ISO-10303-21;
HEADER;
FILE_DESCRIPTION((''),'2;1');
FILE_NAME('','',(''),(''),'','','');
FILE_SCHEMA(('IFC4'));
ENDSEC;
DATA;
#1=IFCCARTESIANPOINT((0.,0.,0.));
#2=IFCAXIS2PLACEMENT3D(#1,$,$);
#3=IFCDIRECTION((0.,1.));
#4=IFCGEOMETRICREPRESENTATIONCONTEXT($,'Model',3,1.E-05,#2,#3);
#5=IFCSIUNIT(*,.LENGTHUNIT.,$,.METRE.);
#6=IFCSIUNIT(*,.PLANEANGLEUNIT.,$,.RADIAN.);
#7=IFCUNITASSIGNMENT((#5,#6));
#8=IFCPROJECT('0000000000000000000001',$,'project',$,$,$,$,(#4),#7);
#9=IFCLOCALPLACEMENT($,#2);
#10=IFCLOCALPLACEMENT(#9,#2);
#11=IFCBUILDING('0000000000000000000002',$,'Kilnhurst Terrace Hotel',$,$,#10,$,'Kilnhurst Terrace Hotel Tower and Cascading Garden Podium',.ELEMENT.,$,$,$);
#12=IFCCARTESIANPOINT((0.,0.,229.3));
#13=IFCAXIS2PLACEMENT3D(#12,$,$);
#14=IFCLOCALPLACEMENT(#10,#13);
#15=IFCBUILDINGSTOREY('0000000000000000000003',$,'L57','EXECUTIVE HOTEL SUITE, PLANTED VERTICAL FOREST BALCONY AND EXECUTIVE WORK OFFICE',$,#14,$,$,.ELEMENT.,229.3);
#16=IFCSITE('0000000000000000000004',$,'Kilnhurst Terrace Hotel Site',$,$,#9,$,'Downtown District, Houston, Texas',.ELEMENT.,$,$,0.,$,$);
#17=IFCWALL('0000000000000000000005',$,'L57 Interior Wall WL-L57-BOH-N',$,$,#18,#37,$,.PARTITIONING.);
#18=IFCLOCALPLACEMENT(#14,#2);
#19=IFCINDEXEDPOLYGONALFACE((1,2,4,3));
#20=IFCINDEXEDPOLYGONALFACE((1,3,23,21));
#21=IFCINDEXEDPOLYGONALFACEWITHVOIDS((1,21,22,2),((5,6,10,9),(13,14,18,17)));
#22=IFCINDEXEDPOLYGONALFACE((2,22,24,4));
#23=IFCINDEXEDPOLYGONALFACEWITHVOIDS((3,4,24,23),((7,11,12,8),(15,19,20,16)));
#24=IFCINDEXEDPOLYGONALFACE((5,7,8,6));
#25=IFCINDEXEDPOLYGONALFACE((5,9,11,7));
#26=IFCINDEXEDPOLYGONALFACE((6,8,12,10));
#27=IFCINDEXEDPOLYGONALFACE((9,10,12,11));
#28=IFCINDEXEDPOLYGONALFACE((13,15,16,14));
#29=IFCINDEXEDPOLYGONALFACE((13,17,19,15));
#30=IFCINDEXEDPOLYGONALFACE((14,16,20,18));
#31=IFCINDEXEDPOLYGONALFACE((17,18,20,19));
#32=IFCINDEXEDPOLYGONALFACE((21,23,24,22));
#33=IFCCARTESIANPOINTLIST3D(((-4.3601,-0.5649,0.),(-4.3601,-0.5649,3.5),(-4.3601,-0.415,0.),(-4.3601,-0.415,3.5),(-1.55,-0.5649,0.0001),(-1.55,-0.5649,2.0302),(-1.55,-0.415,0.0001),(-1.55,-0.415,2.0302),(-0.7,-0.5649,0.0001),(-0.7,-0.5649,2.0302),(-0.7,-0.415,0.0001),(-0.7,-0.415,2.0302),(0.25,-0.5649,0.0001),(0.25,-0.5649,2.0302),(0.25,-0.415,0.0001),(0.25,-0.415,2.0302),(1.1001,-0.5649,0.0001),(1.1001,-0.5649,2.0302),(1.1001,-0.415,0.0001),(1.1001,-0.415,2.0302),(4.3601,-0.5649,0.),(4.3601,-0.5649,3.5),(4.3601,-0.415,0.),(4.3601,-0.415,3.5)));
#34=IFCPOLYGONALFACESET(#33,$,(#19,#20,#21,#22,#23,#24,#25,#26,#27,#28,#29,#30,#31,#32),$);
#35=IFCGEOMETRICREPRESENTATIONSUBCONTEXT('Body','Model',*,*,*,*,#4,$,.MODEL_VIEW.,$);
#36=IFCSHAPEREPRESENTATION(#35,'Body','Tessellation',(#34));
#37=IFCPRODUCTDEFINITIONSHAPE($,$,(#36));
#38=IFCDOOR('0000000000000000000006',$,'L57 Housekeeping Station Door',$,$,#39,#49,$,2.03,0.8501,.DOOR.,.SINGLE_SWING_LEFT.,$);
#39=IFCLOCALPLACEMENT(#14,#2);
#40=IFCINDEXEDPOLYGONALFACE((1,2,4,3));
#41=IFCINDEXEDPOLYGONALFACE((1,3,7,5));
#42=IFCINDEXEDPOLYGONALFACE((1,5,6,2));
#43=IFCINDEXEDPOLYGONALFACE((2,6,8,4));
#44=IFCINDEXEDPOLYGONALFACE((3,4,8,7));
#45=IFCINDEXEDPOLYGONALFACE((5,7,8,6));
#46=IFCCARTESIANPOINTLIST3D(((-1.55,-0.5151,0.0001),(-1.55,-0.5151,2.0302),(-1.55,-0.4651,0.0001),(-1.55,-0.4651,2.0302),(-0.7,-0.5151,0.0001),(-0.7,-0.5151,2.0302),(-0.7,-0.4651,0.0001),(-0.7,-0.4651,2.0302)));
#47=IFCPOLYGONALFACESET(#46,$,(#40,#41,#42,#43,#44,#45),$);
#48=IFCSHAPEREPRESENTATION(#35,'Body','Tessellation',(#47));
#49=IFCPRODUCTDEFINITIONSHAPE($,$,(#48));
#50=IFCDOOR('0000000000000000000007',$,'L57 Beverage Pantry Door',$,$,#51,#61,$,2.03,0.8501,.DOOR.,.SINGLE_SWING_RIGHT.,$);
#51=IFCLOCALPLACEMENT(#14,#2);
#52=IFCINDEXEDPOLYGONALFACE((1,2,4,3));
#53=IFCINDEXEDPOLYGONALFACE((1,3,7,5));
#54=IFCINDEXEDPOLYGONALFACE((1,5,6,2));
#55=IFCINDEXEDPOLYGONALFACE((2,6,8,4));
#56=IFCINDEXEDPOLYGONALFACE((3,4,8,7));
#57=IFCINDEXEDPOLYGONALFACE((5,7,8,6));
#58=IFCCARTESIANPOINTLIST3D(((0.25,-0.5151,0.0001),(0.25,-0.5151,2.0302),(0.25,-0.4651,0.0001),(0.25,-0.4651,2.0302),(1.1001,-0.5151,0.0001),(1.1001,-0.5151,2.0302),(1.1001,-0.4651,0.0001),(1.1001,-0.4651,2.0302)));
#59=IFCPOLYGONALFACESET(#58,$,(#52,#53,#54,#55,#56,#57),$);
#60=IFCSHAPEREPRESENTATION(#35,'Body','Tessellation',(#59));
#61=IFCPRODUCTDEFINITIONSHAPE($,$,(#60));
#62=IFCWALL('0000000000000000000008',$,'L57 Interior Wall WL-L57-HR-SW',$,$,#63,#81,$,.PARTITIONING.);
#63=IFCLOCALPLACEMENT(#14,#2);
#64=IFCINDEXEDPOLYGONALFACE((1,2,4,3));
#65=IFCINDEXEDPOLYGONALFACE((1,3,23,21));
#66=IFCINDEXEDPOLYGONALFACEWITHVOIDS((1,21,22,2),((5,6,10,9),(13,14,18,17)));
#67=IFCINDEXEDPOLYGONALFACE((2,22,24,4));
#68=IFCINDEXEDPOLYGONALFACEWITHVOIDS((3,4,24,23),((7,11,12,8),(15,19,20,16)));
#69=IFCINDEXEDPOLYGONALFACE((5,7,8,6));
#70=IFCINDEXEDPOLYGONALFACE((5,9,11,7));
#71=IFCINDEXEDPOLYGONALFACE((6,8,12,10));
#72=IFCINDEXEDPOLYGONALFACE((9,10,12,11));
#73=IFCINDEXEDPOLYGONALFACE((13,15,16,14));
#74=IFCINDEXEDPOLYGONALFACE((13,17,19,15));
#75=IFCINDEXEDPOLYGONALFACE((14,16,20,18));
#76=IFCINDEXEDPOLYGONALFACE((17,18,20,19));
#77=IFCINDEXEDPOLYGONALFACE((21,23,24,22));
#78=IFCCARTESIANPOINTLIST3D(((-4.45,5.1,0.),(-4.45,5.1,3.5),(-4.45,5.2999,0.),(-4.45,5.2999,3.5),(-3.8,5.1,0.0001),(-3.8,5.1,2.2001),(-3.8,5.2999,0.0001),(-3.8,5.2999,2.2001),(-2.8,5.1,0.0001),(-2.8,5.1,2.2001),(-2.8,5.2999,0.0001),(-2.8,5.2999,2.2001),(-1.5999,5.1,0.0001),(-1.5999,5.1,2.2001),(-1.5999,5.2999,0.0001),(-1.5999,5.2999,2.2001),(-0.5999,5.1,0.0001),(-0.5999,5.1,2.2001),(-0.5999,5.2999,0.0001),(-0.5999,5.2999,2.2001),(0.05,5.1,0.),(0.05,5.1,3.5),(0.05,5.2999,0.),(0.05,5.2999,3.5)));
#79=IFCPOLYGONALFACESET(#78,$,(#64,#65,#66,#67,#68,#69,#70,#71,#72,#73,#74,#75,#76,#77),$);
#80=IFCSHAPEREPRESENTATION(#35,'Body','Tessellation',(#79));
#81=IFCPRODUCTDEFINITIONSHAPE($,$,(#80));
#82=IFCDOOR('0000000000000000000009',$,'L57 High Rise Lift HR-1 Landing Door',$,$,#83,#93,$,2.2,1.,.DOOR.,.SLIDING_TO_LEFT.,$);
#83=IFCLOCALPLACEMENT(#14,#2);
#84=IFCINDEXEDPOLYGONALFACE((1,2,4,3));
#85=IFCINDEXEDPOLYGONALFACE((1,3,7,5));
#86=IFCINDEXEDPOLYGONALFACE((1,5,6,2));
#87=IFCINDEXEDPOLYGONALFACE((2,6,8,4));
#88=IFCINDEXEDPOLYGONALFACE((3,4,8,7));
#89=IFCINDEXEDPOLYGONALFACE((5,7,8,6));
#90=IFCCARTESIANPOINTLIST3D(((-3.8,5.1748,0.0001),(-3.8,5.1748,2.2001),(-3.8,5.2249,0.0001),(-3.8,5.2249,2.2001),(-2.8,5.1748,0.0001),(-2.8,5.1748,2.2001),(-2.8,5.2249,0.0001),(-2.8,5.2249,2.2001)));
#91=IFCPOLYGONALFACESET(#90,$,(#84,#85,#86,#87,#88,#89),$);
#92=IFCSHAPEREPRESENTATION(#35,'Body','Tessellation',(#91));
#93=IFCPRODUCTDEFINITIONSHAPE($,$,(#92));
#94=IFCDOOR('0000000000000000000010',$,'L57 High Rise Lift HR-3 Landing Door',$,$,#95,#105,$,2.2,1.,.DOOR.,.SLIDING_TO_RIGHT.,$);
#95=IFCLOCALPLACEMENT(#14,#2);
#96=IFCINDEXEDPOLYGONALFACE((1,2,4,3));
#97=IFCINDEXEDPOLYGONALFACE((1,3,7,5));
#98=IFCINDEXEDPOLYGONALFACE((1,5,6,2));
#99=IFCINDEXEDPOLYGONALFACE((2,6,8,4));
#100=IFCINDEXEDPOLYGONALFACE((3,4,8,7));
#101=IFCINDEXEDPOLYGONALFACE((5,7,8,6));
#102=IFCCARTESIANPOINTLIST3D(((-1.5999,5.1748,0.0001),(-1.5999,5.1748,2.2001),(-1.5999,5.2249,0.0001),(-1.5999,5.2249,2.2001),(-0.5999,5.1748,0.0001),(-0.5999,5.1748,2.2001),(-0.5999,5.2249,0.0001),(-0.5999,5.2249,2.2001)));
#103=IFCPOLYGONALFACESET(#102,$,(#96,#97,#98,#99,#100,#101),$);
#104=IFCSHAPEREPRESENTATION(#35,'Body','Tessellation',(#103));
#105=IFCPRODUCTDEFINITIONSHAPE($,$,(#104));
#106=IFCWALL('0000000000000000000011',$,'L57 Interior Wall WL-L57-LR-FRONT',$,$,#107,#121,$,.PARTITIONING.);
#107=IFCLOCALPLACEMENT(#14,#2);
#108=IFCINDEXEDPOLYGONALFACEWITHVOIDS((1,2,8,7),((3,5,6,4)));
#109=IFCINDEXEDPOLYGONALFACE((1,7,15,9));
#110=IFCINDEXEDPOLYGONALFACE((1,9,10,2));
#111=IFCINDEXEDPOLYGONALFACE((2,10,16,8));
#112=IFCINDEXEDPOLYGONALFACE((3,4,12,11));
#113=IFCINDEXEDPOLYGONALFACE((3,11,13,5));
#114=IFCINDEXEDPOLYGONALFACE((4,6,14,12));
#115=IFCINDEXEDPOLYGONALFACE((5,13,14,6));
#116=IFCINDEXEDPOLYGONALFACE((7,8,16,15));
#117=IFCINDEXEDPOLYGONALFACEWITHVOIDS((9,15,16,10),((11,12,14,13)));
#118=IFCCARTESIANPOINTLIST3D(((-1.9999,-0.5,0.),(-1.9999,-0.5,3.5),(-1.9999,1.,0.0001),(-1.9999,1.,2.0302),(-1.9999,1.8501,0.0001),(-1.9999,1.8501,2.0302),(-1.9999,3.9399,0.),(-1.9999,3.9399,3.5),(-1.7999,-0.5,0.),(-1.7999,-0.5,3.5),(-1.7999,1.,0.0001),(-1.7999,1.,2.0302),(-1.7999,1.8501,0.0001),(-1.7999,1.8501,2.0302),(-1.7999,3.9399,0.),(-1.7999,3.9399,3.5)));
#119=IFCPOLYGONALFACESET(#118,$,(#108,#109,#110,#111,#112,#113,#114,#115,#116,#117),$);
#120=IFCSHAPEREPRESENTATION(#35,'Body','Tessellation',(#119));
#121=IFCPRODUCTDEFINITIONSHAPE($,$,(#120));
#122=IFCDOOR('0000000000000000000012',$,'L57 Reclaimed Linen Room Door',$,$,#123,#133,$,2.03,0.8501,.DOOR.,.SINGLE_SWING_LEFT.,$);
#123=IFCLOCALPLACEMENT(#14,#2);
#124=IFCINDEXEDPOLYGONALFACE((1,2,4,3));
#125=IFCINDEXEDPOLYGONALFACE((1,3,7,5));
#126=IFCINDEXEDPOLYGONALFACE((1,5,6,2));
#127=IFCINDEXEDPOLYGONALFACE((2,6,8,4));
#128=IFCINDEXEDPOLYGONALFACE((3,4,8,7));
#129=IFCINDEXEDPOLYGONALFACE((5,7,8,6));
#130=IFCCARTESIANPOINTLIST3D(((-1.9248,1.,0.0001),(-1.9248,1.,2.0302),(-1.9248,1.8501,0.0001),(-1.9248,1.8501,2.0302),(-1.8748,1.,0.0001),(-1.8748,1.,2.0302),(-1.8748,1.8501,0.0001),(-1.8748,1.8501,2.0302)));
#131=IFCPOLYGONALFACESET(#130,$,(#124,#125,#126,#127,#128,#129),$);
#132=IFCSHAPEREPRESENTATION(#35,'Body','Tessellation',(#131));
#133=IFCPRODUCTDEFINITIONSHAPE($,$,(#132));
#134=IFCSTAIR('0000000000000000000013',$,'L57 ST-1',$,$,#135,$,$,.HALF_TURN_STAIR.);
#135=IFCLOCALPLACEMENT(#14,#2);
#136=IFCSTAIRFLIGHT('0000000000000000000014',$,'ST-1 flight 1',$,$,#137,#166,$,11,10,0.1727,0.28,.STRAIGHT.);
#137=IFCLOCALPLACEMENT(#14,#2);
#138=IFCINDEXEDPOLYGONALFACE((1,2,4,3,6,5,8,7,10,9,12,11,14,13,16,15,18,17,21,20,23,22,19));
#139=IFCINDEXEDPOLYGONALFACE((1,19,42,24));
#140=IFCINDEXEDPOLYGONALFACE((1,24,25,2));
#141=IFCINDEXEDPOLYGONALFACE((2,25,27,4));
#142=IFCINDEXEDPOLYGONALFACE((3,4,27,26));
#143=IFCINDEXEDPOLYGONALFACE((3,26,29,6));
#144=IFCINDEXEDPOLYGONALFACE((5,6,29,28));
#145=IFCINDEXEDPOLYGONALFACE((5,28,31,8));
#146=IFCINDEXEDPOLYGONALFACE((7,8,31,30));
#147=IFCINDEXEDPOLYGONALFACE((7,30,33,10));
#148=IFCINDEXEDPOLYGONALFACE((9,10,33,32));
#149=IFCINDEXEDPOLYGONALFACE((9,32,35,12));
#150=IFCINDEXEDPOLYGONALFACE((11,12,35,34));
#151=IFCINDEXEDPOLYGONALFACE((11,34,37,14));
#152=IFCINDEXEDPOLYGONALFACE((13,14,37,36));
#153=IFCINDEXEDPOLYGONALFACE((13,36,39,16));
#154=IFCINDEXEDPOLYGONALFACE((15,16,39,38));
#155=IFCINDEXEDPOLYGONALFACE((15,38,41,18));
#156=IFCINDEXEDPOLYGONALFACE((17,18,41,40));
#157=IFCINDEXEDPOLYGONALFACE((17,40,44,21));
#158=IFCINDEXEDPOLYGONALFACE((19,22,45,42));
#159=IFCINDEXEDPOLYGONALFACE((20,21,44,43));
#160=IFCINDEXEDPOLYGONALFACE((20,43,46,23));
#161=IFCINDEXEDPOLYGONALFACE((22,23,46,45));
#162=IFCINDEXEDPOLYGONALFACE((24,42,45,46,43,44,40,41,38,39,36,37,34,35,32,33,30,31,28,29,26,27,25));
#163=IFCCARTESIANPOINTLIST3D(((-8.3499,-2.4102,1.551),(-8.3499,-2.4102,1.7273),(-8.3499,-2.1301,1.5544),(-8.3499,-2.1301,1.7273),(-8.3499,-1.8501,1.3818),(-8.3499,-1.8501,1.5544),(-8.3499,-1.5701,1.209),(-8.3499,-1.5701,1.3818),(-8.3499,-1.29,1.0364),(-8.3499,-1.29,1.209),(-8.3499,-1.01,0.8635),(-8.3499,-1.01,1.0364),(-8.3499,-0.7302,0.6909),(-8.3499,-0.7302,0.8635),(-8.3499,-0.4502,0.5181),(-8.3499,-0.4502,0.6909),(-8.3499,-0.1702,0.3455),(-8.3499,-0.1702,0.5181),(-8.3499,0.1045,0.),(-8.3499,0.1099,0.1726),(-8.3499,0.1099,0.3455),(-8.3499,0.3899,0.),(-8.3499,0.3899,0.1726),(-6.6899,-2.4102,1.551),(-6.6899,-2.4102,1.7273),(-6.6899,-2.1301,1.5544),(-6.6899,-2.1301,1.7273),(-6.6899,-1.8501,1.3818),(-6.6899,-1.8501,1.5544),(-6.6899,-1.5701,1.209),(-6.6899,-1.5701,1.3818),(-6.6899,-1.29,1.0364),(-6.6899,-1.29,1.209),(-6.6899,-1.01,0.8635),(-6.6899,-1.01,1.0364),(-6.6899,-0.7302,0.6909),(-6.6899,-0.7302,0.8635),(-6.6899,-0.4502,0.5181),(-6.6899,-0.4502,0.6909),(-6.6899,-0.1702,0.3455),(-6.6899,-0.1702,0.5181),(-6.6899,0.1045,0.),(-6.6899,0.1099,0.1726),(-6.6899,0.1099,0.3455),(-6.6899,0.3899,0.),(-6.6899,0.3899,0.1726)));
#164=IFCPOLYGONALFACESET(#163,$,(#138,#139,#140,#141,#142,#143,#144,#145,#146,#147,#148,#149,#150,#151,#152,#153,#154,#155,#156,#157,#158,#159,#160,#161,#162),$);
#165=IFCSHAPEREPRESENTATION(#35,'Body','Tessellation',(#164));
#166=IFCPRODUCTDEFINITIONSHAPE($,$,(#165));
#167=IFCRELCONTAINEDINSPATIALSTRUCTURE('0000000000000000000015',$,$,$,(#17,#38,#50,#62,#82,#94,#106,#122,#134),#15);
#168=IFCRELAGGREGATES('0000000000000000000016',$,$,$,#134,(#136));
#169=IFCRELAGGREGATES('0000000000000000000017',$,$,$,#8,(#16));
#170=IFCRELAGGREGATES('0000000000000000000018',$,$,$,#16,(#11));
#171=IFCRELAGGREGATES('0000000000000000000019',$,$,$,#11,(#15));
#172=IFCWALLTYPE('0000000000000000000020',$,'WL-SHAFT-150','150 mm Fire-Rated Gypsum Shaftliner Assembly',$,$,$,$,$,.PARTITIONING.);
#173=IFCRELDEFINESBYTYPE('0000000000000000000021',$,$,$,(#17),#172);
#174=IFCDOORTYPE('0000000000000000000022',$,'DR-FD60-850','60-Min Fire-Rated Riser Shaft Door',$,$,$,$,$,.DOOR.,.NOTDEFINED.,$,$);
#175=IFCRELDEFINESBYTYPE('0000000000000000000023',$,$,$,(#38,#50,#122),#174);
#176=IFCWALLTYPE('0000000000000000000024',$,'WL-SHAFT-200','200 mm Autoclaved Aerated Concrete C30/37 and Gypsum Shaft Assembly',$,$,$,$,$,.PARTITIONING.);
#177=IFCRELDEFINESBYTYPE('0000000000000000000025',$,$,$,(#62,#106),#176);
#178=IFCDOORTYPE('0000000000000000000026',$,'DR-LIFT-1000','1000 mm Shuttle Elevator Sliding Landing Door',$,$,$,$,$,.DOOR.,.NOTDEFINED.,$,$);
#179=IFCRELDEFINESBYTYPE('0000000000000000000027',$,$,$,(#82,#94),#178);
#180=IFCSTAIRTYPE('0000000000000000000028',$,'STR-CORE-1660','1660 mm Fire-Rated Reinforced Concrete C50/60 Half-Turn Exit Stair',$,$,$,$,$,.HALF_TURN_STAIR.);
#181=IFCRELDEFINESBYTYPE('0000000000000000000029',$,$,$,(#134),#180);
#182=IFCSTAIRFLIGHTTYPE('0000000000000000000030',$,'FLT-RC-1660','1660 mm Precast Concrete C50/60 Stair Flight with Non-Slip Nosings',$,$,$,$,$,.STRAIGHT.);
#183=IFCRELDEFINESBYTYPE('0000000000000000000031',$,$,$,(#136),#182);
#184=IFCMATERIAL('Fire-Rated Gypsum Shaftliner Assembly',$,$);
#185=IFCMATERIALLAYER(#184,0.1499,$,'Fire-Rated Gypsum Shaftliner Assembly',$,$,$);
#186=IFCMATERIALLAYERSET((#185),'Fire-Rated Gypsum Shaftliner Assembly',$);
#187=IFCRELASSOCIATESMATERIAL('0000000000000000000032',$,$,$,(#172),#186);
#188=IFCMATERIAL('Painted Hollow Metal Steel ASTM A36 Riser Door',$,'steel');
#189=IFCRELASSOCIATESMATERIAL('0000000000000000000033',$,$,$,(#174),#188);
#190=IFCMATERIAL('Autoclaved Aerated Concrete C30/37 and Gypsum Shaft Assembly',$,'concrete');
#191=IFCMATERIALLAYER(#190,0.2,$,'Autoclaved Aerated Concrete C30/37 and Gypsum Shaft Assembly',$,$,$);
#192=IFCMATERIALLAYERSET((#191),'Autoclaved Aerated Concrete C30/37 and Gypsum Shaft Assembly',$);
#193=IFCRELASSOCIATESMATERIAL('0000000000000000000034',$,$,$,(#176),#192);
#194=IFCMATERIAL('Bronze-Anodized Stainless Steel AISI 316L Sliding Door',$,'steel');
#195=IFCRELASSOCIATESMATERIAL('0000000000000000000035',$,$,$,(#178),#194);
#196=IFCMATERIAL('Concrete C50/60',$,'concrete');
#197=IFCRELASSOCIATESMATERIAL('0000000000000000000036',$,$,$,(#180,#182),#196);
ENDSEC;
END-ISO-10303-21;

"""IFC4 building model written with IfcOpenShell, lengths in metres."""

from ifc_helpers import new_model, si_unit, direction, frame, frame_2d, origin, place, context, subcontext, project, spatial, polyline, rectangle, outline, extrude, material, layer, layer_set, type_object, element, fill, aggregate, save


model = new_model("IFC4")

# Units and contexts
model_context = context("Model", 3, precision=1e-05, world=origin(), true_north=direction((0.0, 1.0)))
body_context = subcontext(model_context, "Body", "Model", "MODEL_VIEW")
ifc_project = project(units=[si_unit("LENGTHUNIT", "METRE"), si_unit("PLANEANGLEUNIT", "RADIAN")], contexts=[model_context])

# Site, building, storey
site_placement = place(None, origin())
site = spatial("IfcSite", under=ifc_project, at=site_placement, Name="Kilnhurst Terrace Hotel Site", LongName="Downtown District, Houston, Texas", CompositionType="ELEMENT", RefElevation=0.0)
building_placement = place(site_placement, origin())
building = spatial("IfcBuilding", under=site, at=building_placement, Name="Kilnhurst Terrace Hotel", LongName="Kilnhurst Terrace Hotel Tower and Cascading Garden Podium", CompositionType="ELEMENT")
storey_placement = place(building_placement, frame((0.0, 0.0, 229.3)))
storey = spatial("IfcBuildingStorey", under=building, at=storey_placement, Name="L57", Description="EXECUTIVE HOTEL SUITE, PLANTED VERTICAL FOREST BALCONY AND EXECUTIVE WORK OFFICE", CompositionType="ELEMENT", Elevation=229.3)

# Shared definitions
ifc_material_1 = material(Name="Concrete C50/60", Category="concrete")

# Shared definitions
ifc_material_2 = material(Name="Fire-Rated Gypsum Shaftliner Assembly")
ifc_layer_1 = layer(ifc_material_2, 0.1499, Name="Fire-Rated Gypsum Shaftliner Assembly")
ifc_layer_set_1 = layer_set([ifc_layer_1], Name="Fire-Rated Gypsum Shaftliner Assembly")
wall_type_1 = type_object("IfcWallType", Name="WL-SHAFT-150", Description="150 mm Fire-Rated Gypsum Shaftliner Assembly", PredefinedType="PARTITIONING", material=ifc_layer_set_1)

# Walls, openings, doors
wall_1_placement = place(storey_placement, frame((-4.3601, -0.49, 0.0), z_axis=(0.0, 0.0, 1.0), x_axis=(1.0, 0.0, 0.0)))
wall_1 = element("IfcWall", 1, at=wall_1_placement, inside=storey, type_object=wall_type_1, Name="L57 Interior Wall WL-L57-BOH-N", PredefinedType="PARTITIONING", context=body_context, shape_type="SweptSolid", body=[
    extrude(rectangle(XDim=8.7202, YDim=0.1499, at=frame_2d((4.3601, 0.0))), origin(), (0.0, 0.0, 1.0), 3.5),
])
opening_1_placement = place(wall_1_placement, frame((2.8101, 0.0, 0.0)))
opening_1 = element("IfcOpeningElement", 2, at=opening_1_placement, cuts=wall_1, PredefinedType="OPENING", context=body_context, shape_type="SweptSolid", body=[
    extrude(rectangle(XDim=0.8501, YDim=2.03, at=frame_2d((0.425, 1.0151))), frame((0.0, 0.085, 0.0), z_axis=(0.0, -1.0, 0.0), x_axis=(1.0, 0.0, 0.0)), (0.0, 0.0, 1.0), 0.1699),
])
opening_2_placement = place(wall_1_placement, frame((4.6101, 0.0, 0.0)))
opening_2 = element("IfcOpeningElement", 3, at=opening_2_placement, cuts=wall_1, PredefinedType="OPENING", context=body_context, shape_type="SweptSolid", body=[
    extrude(rectangle(XDim=0.8501, YDim=2.03, at=frame_2d((0.425, 1.0151))), frame((0.0, 0.085, 0.0), z_axis=(0.0, -1.0, 0.0), x_axis=(1.0, 0.0, 0.0)), (0.0, 0.0, 1.0), 0.1699),
])
ifc_material_3 = material(Name="Painted Hollow Metal Steel ASTM A36 Riser Door", Category="steel")
door_type_1 = type_object("IfcDoorType", Name="DR-FD60-850", Description="60-Min Fire-Rated Riser Shaft Door", OperationType="NOTDEFINED", PredefinedType="DOOR", material=ifc_material_3)
door_1_placement = place(opening_1_placement, origin())
door_1 = element("IfcDoor", 4, at=door_1_placement, inside=storey, type_object=door_type_1, Name="L57 Housekeeping Station Door", OperationType="SINGLE_SWING_LEFT", OverallHeight=2.03, OverallWidth=0.8501, PredefinedType="DOOR", context=body_context, shape_type="SweptSolid", body=[
    extrude(rectangle(XDim=0.8501, YDim=2.03, at=frame_2d((0.425, 1.0151))), frame((0.0, 0.0249, 0.0), z_axis=(0.0, -1.0, 0.0), x_axis=(1.0, 0.0, 0.0)), (0.0, 0.0, 1.0), 0.05),
])
fill(opening_1, door_1)
door_2_placement = place(opening_2_placement, origin())
door_2 = element("IfcDoor", 5, at=door_2_placement, inside=storey, type_object=door_type_1, Name="L57 Beverage Pantry Door", OperationType="SINGLE_SWING_RIGHT", OverallHeight=2.03, OverallWidth=0.8501, PredefinedType="DOOR", context=body_context, shape_type="SweptSolid", body=[
    extrude(rectangle(XDim=0.8501, YDim=2.03, at=frame_2d((0.425, 1.0151))), frame((0.0, 0.0249, 0.0), z_axis=(0.0, -1.0, 0.0), x_axis=(1.0, 0.0, 0.0)), (0.0, 0.0, 1.0), 0.05),
])
fill(opening_2, door_2)
ifc_material_4 = material(Name="Autoclaved Aerated Concrete C30/37 and Gypsum Shaft Assembly", Category="concrete")
ifc_layer_2 = layer(ifc_material_4, 0.2, Name="Autoclaved Aerated Concrete C30/37 and Gypsum Shaft Assembly")
ifc_layer_set_2 = layer_set([ifc_layer_2], Name="Autoclaved Aerated Concrete C30/37 and Gypsum Shaft Assembly")
wall_type_2 = type_object("IfcWallType", Name="WL-SHAFT-200", Description="200 mm Autoclaved Aerated Concrete C30/37 and Gypsum Shaft Assembly", PredefinedType="PARTITIONING", material=ifc_layer_set_2)
wall_2_placement = place(storey_placement, frame((-4.45, 5.2, 0.0), z_axis=(0.0, 0.0, 1.0), x_axis=(1.0, 0.0, 0.0)))
wall_2 = element("IfcWall", 6, at=wall_2_placement, inside=storey, type_object=wall_type_2, Name="L57 Interior Wall WL-L57-HR-SW", PredefinedType="PARTITIONING", context=body_context, shape_type="SweptSolid", body=[
    extrude(rectangle(XDim=4.5, YDim=0.2, at=frame_2d((2.25, 0.0))), origin(), (0.0, 0.0, 1.0), 3.5),
])
opening_3_placement = place(wall_2_placement, frame((0.6499, 0.0, 0.0)))
opening_3 = element("IfcOpeningElement", 7, at=opening_3_placement, cuts=wall_2, PredefinedType="OPENING", context=body_context, shape_type="SweptSolid", body=[
    extrude(rectangle(XDim=1.0, YDim=2.2, at=frame_2d((0.5, 1.1001))), frame((0.0, 0.1099, 0.0), z_axis=(0.0, -1.0, 0.0), x_axis=(1.0, 0.0, 0.0)), (0.0, 0.0, 1.0), 0.22),
])
opening_4_placement = place(wall_2_placement, frame((2.8501, 0.0, 0.0)))
opening_4 = element("IfcOpeningElement", 8, at=opening_4_placement, cuts=wall_2, PredefinedType="OPENING", context=body_context, shape_type="SweptSolid", body=[
    extrude(rectangle(XDim=1.0, YDim=2.2, at=frame_2d((0.5, 1.1001))), frame((0.0, 0.1099, 0.0), z_axis=(0.0, -1.0, 0.0), x_axis=(1.0, 0.0, 0.0)), (0.0, 0.0, 1.0), 0.22),
])
ifc_material_5 = material(Name="Bronze-Anodized Stainless Steel AISI 316L Sliding Door", Category="steel")
door_type_2 = type_object("IfcDoorType", Name="DR-LIFT-1000", Description="1000 mm Shuttle Elevator Sliding Landing Door", OperationType="NOTDEFINED", PredefinedType="DOOR", material=ifc_material_5)
door_3_placement = place(opening_3_placement, origin())
door_3 = element("IfcDoor", 9, at=door_3_placement, inside=storey, type_object=door_type_2, Name="L57 High Rise Lift HR-1 Landing Door", OperationType="SLIDING_TO_LEFT", OverallHeight=2.2, OverallWidth=1.0, PredefinedType="DOOR", context=body_context, shape_type="SweptSolid", body=[
    extrude(rectangle(XDim=1.0, YDim=2.2, at=frame_2d((0.5, 1.1001))), frame((0.0, 0.0249, 0.0), z_axis=(0.0, -1.0, 0.0), x_axis=(1.0, 0.0, 0.0)), (0.0, 0.0, 1.0), 0.05),
])
fill(opening_3, door_3)
door_4_placement = place(opening_4_placement, origin())
door_4 = element("IfcDoor", 10, at=door_4_placement, inside=storey, type_object=door_type_2, Name="L57 High Rise Lift HR-3 Landing Door", OperationType="SLIDING_TO_RIGHT", OverallHeight=2.2, OverallWidth=1.0, PredefinedType="DOOR", context=body_context, shape_type="SweptSolid", body=[
    extrude(rectangle(XDim=1.0, YDim=2.2, at=frame_2d((0.5, 1.1001))), frame((0.0, 0.0249, 0.0), z_axis=(0.0, -1.0, 0.0), x_axis=(1.0, 0.0, 0.0)), (0.0, 0.0, 1.0), 0.05),
])
fill(opening_4, door_4)

# Wall, opening, door
wall_3_placement = place(storey_placement, frame((-1.8999, -0.5, 0.0), z_axis=(0.0, 0.0, 1.0), x_axis=(0.0, 1.0, 0.0)))
wall_3 = element("IfcWall", 11, at=wall_3_placement, inside=storey, type_object=wall_type_2, Name="L57 Interior Wall WL-L57-LR-FRONT", PredefinedType="PARTITIONING", context=body_context, shape_type="SweptSolid", body=[
    extrude(rectangle(XDim=4.4399, YDim=0.2, at=frame_2d((2.22, 0.0))), origin(), (0.0, 0.0, 1.0), 3.5),
])
opening_5_placement = place(wall_3_placement, frame((1.5, 0.0, 0.0)))
opening_5 = element("IfcOpeningElement", 12, at=opening_5_placement, cuts=wall_3, PredefinedType="OPENING", context=body_context, shape_type="SweptSolid", body=[
    extrude(rectangle(XDim=0.8501, YDim=2.03, at=frame_2d((0.425, 1.0151))), frame((0.0, 0.1099, 0.0), z_axis=(0.0, -1.0, 0.0), x_axis=(1.0, 0.0, 0.0)), (0.0, 0.0, 1.0), 0.22),
])
door_5_placement = place(opening_5_placement, origin())
door_5 = element("IfcDoor", 13, at=door_5_placement, inside=storey, type_object=door_type_1, Name="L57 Reclaimed Linen Room Door", OperationType="SINGLE_SWING_LEFT", OverallHeight=2.03, OverallWidth=0.8501, PredefinedType="DOOR", context=body_context, shape_type="SweptSolid", body=[
    extrude(rectangle(XDim=0.8501, YDim=2.03, at=frame_2d((0.425, 1.0151))), frame((0.0, 0.0249, 0.0), z_axis=(0.0, -1.0, 0.0), x_axis=(1.0, 0.0, 0.0)), (0.0, 0.0, 1.0), 0.05),
])
fill(opening_5, door_5)

# Stair, stair flight
stair_type = type_object("IfcStairType", Name="STR-CORE-1660", Description="1660 mm Fire-Rated Reinforced Concrete C50/60 Half-Turn Exit Stair", PredefinedType="HALF_TURN_STAIR", material=ifc_material_1)
stair_placement = place(storey_placement, origin())
stair = element("IfcStair", 14, at=stair_placement, inside=storey, type_object=stair_type, Name="L57 ST-1", PredefinedType="HALF_TURN_STAIR")
stair_flight_type = type_object("IfcStairFlightType", Name="FLT-RC-1660", Description="1660 mm Precast Concrete C50/60 Stair Flight with Non-Slip Nosings", PredefinedType="STRAIGHT", material=ifc_material_1)
stair_flight_placement = place(storey_placement, frame((-7.52, 0.3899, 0.0), z_axis=(0.0, 0.0, 1.0), x_axis=(0.0, -1.0, 0.0)))
stair_flight = element("IfcStairFlight", 15, at=stair_flight_placement, type_object=stair_flight_type, Name="ST-1 flight 1", NumberOfRisers=11, NumberOfTreads=10, PredefinedType="STRAIGHT", RiserHeight=0.1727, TreadLength=0.28, context=body_context, shape_type="SweptSolid", body=[
    extrude(outline(polyline([(0.0, 0.0), (0.0, 0.1726), (0.28, 0.1726), (0.28, 0.3455), (0.5601, 0.3455), (0.5601, 0.5181), (0.8401, 0.5181), (0.8401, 0.6909), (1.1201, 0.6909), (1.1201, 0.8635), (1.3999, 0.8635), (1.3999, 1.0364), (1.6799, 1.0364), (1.6799, 1.209), (1.96, 1.209), (1.96, 1.3818), (2.24, 1.3818), (2.24, 1.5544), (2.52, 1.5544), (2.52, 1.7273), (2.8, 1.7273), (2.8, 1.8999), (2.8, 1.551), (0.2854, 0.0), (0.0, 0.0)])), frame((0.0, 0.8301, 0.0), z_axis=(0.0, -1.0, 0.0), x_axis=(1.0, 0.0, 0.0)), (0.0, 0.0, 1.0), 1.6599),
])
aggregate(stair, [stair_flight])

save(model, "model.ifc")
